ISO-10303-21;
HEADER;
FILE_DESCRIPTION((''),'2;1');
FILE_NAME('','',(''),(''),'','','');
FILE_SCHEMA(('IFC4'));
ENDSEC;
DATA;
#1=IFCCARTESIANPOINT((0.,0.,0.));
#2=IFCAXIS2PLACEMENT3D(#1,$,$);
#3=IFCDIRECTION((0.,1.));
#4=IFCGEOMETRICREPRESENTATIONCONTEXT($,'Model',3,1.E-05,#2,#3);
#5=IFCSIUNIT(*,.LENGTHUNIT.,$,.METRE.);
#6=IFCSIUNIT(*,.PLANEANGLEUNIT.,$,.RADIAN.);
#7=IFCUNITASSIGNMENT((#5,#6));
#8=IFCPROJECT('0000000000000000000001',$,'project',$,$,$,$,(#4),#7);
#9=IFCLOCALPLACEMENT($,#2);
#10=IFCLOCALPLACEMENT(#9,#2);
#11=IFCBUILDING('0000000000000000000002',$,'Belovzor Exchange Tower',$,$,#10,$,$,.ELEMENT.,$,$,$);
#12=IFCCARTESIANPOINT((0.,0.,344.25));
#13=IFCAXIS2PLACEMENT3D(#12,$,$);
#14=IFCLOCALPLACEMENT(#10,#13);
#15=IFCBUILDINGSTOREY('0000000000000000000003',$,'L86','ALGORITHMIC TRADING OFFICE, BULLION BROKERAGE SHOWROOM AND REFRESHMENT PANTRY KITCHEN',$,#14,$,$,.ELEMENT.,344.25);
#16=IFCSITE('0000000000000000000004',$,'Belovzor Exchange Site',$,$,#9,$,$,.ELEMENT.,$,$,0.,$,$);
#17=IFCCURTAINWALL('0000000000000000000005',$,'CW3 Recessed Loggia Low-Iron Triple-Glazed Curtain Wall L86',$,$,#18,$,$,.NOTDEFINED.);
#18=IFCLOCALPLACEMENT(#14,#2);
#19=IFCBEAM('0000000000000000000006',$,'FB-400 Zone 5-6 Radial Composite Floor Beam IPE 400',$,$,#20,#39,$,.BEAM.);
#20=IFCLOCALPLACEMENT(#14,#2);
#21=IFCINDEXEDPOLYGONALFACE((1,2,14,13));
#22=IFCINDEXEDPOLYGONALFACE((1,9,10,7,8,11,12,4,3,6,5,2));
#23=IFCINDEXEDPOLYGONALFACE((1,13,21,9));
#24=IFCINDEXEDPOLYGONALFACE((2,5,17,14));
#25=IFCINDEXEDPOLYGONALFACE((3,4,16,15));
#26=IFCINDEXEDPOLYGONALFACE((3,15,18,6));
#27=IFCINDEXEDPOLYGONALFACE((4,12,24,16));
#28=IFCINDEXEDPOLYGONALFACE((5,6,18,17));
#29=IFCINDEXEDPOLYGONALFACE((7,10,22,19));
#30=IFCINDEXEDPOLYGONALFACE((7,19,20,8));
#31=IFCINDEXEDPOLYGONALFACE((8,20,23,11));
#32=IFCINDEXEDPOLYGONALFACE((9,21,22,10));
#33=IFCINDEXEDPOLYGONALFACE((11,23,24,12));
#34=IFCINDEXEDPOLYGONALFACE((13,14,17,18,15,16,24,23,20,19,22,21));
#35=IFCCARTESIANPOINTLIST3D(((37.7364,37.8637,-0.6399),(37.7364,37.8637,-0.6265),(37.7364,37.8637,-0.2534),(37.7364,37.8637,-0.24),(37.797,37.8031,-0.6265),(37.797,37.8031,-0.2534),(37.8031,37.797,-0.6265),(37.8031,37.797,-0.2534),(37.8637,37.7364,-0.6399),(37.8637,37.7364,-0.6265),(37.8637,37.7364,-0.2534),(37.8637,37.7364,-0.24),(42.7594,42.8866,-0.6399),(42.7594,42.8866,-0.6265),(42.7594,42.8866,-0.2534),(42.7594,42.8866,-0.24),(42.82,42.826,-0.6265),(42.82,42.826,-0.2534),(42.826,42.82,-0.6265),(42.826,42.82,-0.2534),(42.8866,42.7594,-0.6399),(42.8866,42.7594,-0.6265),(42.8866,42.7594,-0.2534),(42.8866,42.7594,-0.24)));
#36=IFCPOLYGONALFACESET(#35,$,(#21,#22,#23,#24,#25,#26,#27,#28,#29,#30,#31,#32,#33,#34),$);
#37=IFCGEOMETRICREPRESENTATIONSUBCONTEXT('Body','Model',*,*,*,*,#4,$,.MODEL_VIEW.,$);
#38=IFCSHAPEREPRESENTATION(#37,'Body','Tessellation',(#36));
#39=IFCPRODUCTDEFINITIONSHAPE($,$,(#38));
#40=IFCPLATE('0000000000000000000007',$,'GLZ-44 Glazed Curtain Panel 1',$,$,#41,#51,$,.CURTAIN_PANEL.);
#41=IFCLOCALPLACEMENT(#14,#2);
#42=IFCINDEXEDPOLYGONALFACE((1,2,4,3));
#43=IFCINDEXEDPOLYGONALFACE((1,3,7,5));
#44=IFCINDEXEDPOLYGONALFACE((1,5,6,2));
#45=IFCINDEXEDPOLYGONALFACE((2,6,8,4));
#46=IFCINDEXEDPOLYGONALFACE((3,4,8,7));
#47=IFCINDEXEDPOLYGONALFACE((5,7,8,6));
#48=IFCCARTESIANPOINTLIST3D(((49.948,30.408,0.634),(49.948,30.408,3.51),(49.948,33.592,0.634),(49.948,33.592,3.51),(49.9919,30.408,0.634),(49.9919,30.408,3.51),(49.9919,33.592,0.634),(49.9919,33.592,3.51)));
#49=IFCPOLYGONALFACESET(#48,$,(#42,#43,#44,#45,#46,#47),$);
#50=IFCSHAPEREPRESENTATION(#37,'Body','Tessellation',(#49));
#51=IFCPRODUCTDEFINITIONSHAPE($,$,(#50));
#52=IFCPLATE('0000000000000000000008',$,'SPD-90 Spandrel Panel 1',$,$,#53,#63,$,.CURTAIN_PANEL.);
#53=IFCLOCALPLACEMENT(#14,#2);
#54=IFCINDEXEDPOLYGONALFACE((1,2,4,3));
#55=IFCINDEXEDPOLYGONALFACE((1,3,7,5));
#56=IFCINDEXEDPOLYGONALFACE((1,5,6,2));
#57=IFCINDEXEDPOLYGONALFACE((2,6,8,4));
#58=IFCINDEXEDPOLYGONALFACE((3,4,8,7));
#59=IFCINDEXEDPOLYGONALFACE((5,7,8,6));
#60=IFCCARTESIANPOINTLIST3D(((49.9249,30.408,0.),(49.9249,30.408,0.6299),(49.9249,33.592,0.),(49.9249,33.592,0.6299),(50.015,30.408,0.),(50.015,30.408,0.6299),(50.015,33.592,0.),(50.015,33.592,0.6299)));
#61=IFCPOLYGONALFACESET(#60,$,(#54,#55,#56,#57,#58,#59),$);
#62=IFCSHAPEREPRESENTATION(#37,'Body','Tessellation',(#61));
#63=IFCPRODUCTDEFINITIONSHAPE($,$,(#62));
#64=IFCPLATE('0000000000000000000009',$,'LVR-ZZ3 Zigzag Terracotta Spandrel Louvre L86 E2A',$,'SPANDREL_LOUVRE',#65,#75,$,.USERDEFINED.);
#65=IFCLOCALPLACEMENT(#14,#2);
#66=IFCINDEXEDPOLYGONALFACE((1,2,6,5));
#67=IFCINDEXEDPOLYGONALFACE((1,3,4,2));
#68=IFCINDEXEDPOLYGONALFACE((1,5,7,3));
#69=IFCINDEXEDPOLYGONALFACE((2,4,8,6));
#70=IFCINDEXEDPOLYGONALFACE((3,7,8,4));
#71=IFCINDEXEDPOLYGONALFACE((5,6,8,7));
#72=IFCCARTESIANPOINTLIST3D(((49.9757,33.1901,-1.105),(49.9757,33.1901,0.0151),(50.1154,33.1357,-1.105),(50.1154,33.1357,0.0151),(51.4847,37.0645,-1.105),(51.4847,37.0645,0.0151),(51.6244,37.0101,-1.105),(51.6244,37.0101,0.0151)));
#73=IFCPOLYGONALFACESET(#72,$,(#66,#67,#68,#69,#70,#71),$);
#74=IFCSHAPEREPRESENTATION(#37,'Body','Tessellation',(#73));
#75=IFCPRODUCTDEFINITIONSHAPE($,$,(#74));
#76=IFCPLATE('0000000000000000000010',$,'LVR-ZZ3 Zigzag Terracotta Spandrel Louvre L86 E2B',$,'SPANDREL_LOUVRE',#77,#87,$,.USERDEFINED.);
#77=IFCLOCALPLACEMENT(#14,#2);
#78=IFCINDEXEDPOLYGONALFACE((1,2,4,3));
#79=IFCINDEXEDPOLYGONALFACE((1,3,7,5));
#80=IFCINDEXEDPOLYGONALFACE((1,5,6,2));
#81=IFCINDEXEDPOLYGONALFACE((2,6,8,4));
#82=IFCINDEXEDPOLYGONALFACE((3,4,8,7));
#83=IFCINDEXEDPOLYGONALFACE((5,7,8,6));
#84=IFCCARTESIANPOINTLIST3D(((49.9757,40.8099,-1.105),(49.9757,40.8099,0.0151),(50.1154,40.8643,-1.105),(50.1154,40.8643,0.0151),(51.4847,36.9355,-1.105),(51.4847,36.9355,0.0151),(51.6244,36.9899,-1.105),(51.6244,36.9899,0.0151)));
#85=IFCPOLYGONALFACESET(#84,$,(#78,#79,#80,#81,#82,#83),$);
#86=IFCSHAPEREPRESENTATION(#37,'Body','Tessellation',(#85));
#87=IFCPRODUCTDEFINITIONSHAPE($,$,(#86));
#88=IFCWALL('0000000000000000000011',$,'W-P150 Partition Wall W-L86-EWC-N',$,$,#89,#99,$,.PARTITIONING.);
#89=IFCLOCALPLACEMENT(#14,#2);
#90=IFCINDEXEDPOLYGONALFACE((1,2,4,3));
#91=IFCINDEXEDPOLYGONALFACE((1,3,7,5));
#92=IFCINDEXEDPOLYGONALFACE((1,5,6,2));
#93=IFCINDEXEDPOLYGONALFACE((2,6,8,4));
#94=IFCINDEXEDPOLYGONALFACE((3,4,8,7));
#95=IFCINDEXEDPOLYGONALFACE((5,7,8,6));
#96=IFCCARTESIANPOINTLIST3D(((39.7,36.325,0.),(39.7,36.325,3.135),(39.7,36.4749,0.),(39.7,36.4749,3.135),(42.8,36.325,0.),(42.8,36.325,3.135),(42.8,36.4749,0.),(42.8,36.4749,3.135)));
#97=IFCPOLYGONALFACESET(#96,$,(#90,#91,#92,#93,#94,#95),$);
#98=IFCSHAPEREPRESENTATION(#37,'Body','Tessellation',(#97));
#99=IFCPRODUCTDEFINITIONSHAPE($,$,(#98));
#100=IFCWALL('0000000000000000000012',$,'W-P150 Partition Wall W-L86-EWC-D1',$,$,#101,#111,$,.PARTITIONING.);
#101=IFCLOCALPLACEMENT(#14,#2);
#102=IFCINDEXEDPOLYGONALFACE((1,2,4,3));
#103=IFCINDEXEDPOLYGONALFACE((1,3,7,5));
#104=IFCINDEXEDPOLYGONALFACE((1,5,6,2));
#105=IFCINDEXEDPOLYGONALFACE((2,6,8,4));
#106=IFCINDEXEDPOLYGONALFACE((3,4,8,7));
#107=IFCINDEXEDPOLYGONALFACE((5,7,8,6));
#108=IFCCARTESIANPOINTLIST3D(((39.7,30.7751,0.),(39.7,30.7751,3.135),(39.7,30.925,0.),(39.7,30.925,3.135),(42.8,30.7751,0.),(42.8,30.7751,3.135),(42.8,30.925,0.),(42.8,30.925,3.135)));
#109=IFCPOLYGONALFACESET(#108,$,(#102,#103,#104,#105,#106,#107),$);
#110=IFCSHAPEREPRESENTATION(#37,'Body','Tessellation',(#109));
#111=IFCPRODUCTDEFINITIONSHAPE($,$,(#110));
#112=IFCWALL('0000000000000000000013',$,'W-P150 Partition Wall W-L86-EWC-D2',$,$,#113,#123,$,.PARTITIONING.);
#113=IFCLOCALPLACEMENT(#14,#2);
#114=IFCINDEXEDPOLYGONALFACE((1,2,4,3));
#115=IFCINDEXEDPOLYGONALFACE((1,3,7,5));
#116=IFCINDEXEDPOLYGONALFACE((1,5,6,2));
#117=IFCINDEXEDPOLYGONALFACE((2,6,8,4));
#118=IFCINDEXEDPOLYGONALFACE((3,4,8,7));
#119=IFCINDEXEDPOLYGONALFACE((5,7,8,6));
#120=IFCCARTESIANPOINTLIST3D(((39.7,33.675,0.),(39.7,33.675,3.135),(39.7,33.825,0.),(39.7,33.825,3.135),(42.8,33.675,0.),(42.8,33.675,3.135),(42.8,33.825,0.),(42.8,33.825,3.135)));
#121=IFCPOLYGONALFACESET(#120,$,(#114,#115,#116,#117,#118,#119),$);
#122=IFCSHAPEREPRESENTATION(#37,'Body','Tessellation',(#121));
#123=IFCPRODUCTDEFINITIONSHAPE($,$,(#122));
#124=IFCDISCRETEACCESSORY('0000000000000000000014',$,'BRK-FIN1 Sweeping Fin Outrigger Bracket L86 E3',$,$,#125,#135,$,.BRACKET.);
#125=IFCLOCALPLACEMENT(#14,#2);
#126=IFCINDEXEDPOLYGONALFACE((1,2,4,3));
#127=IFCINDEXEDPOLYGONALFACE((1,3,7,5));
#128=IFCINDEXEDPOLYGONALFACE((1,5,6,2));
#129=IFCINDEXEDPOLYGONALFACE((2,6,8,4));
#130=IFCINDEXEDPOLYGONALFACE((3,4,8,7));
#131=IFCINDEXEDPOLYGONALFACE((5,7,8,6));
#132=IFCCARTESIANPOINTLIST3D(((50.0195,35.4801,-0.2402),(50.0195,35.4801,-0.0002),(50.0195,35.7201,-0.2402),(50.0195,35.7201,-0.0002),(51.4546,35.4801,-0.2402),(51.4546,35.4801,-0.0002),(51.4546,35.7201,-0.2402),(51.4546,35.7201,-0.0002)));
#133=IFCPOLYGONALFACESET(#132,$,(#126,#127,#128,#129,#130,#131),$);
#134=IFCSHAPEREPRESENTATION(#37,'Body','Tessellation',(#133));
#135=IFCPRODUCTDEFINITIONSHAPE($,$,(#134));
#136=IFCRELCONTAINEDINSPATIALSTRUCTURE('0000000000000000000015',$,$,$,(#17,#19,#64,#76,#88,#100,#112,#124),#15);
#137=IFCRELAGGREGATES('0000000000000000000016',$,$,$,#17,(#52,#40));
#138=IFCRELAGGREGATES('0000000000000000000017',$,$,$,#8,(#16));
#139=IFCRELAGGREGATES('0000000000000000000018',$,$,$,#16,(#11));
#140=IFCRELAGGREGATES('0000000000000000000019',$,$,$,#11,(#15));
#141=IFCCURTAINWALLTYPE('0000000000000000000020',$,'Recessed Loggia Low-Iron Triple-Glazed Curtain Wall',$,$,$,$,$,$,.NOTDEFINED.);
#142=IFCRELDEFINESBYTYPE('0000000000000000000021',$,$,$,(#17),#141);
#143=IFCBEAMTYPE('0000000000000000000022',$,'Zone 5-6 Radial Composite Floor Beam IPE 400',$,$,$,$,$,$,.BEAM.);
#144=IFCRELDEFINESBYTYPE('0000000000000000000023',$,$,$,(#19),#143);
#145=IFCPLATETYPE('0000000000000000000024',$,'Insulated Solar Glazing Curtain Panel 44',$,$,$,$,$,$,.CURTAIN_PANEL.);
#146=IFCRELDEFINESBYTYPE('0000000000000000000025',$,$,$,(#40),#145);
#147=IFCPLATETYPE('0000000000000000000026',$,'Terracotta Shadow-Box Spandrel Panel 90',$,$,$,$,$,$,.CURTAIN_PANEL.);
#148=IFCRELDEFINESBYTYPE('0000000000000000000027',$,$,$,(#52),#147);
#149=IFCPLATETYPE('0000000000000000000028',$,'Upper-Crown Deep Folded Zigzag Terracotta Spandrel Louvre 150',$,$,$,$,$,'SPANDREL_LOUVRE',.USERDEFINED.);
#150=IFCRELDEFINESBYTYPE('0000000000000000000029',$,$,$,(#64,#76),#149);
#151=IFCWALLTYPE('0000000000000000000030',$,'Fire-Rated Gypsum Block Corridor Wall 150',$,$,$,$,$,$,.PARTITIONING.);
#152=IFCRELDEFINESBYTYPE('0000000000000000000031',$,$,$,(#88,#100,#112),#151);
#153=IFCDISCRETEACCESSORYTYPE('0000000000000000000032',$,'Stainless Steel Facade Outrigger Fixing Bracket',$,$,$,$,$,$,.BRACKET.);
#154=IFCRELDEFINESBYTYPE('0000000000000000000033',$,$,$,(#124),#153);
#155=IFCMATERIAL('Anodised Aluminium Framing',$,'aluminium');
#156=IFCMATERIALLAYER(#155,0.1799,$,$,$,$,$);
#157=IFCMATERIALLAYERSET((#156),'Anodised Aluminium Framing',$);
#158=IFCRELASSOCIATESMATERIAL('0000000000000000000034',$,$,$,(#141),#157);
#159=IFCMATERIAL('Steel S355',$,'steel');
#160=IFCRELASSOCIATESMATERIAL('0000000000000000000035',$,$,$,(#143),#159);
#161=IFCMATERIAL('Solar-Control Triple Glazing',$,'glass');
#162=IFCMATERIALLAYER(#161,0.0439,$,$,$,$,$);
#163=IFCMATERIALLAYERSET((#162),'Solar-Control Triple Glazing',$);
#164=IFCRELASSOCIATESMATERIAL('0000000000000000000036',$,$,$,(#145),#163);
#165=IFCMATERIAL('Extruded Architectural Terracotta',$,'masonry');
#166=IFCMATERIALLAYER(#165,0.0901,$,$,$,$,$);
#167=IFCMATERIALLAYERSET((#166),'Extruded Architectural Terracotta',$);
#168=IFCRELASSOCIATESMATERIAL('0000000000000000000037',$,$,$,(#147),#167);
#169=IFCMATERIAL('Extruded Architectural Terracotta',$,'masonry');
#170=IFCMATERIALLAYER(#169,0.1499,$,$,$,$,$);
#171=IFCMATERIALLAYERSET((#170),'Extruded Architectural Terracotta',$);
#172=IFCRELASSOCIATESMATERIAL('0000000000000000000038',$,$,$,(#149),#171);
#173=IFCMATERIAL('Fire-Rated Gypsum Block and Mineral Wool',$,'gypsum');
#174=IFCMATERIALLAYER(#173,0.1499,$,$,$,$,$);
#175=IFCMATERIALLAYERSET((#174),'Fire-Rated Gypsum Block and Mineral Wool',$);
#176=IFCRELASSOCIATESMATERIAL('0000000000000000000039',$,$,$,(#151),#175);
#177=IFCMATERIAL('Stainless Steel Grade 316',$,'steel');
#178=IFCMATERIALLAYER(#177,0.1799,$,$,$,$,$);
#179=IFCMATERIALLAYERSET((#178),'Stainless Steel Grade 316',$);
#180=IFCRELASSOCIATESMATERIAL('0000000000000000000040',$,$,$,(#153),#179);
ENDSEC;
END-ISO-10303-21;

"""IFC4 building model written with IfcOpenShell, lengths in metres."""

from ifc_helpers import new_model, si_unit, direction, frame, frame_2d, origin, origin_2d, place, context, subcontext, project, spatial, rectangle, i_section, extrude, material, layer, layer_set, material_profile, profile_set, type_object, element, aggregate, save


model = new_model("IFC4")

# Units and contexts
model_context = context("Model", 3, precision=1e-05, world=origin(), true_north=direction((0.0, 1.0)))
body_context = subcontext(model_context, "Body", "Model", "MODEL_VIEW")
ifc_project = project(units=[si_unit("LENGTHUNIT", "METRE"), si_unit("PLANEANGLEUNIT", "RADIAN")], contexts=[model_context])

# Site, building, storey
site_placement = place(None, origin())
site = spatial("IfcSite", under=ifc_project, at=site_placement, Name="Belovzor Exchange Site", CompositionType="ELEMENT", RefElevation=0.0)
building_placement = place(site_placement, origin())
building = spatial("IfcBuilding", under=site, at=building_placement, Name="Belovzor Exchange Tower", CompositionType="ELEMENT")
storey_placement = place(building_placement, frame((0.0, 0.0, 344.25)))
storey = spatial("IfcBuildingStorey", under=building, at=storey_placement, Name="L86", Description="ALGORITHMIC TRADING OFFICE, BULLION BROKERAGE SHOWROOM AND REFRESHMENT PANTRY KITCHEN", CompositionType="ELEMENT", Elevation=344.25)

# Curtain wall
ifc_material_1 = material(Name="Anodised Aluminium Framing", Category="aluminium")
ifc_layer_1 = layer(ifc_material_1, 0.1799)
ifc_layer_set_1 = layer_set([ifc_layer_1], Name="Anodised Aluminium Framing")
curtain_wall_type = type_object("IfcCurtainWallType", Name="Recessed Loggia Low-Iron Triple-Glazed Curtain Wall", PredefinedType="NOTDEFINED", material=ifc_layer_set_1)
curtain_wall_placement = place(storey_placement, origin())
curtain_wall = element("IfcCurtainWall", 1, at=curtain_wall_placement, inside=storey, type_object=curtain_wall_type, Name="CW3 Recessed Loggia Low-Iron Triple-Glazed Curtain Wall L86", PredefinedType="NOTDEFINED")

# Beam
ifc_material_2 = material(Name="Steel S355", Category="steel")
ifc_material_profile_1 = material_profile(ifc_material_2, i_section(OverallWidth=0.1799, OverallDepth=0.3999, WebThickness=0.0085, FlangeThickness=0.0134, at=origin_2d()))
ifc_profile_set_1 = profile_set([ifc_material_profile_1], Name="Steel S355")
beam_type_1 = type_object("IfcBeamType", Name="Zone 5-6 Radial Composite Floor Beam IPE 400", PredefinedType="BEAM", material=ifc_profile_set_1)
beam_placement = place(storey_placement, frame((37.8, 37.8, -0.4399), z_axis=(0.707107, 0.707107, 0.0), x_axis=(-0.707107, 0.707107, 0.0)))
element("IfcBeam", 2, at=beam_placement, inside=storey, type_object=beam_type_1, Name="FB-400 Zone 5-6 Radial Composite Floor Beam IPE 400", PredefinedType="BEAM", context=body_context, shape_type="SweptSolid", body=[
    extrude(i_section(OverallWidth=0.1799, OverallDepth=0.3999, WebThickness=0.0085, FlangeThickness=0.0134, at=origin_2d()), origin(), (0.0, 0.0, 1.0), 7.1035),
])

# Plates
ifc_material_3 = material(Name="Solar-Control Triple Glazing", Category="glass")
ifc_layer_2 = layer(ifc_material_3, 0.0439)
ifc_layer_set_2 = layer_set([ifc_layer_2], Name="Solar-Control Triple Glazing")
plate_type_1 = type_object("IfcPlateType", Name="Insulated Solar Glazing Curtain Panel 44", PredefinedType="CURTAIN_PANEL", material=ifc_layer_set_2)
plate_1_placement = place(storey_placement, frame((49.97, 32.0, 0.634), z_axis=(0.0, 0.0, 1.0), x_axis=(0.0, -1.0, 0.0)))
plate_1 = element("IfcPlate", 3, at=plate_1_placement, type_object=plate_type_1, Name="GLZ-44 Glazed Curtain Panel 1", PredefinedType="CURTAIN_PANEL", context=body_context, shape_type="SweptSolid", body=[
    extrude(rectangle(XDim=3.1841, YDim=0.0439, at=origin_2d()), origin(), (0.0, 0.0, 1.0), 2.876),
])
ifc_material_4 = material(Name="Extruded Architectural Terracotta", Category="masonry")
ifc_layer_3 = layer(ifc_material_4, 0.0901)
ifc_layer_set_3 = layer_set([ifc_layer_3], Name="Extruded Architectural Terracotta")
plate_type_2 = type_object("IfcPlateType", Name="Terracotta Shadow-Box Spandrel Panel 90", PredefinedType="CURTAIN_PANEL", material=ifc_layer_set_3)
plate_2_placement = place(storey_placement, frame((49.97, 32.0, 0.0), z_axis=(0.0, 0.0, 1.0), x_axis=(0.0, -1.0, 0.0)))
plate_2 = element("IfcPlate", 4, at=plate_2_placement, type_object=plate_type_2, Name="SPD-90 Spandrel Panel 1", PredefinedType="CURTAIN_PANEL", context=body_context, shape_type="SweptSolid", body=[
    extrude(rectangle(XDim=3.1841, YDim=0.0901, at=origin_2d()), origin(), (0.0, 0.0, 1.0), 0.6299),
])
aggregate(curtain_wall, [plate_2, plate_1])

# Plates
ifc_material_5 = material(Name="Extruded Architectural Terracotta", Category="masonry")
ifc_layer_4 = layer(ifc_material_5, 0.1499)
ifc_layer_set_4 = layer_set([ifc_layer_4], Name="Extruded Architectural Terracotta")
plate_type_3 = type_object("IfcPlateType", Name="Upper-Crown Deep Folded Zigzag Terracotta Spandrel Louvre 150", ElementType="SPANDREL_LOUVRE", PredefinedType="USERDEFINED", material=ifc_layer_set_4)
for number, where, z_axis, x_axis, name in (
    (5, (50.8, 35.1001, -1.105), (0.0, 0.0, 1.0), (0.362926, 0.931818, 0.0), "LVR-ZZ3 Zigzag Terracotta Spandrel Louvre L86 E2A"),
    (6, (50.8, 38.8999, -1.105), (0.0, 0.0, 1.0), (-0.362926, 0.931818, 0.0), "LVR-ZZ3 Zigzag Terracotta Spandrel Louvre L86 E2B"),
):
    element("IfcPlate", number, at=place(storey_placement, frame(where, z_axis=z_axis, x_axis=x_axis)), inside=storey, type_object=plate_type_3, Name=name, ObjectType="SPANDREL_LOUVRE", PredefinedType="USERDEFINED", context=body_context, shape_type="SweptSolid", body=[
        extrude(rectangle(XDim=4.158, YDim=0.1499, at=origin_2d()), origin(), (0.0, 0.0, 1.0), 1.1201),
    ])

# Walls
ifc_material_6 = material(Name="Fire-Rated Gypsum Block and Mineral Wool", Category="gypsum")
ifc_layer_5 = layer(ifc_material_6, 0.1499)
ifc_layer_set_5 = layer_set([ifc_layer_5], Name="Fire-Rated Gypsum Block and Mineral Wool")
wall_type = type_object("IfcWallType", Name="Fire-Rated Gypsum Block Corridor Wall 150", PredefinedType="PARTITIONING", material=ifc_layer_set_5)
for number, where, z_axis, x_axis, name in (
    (7, (39.7, 36.3999, 0.0), (0.0, 0.0, 1.0), (1.0, 0.0, 0.0), "W-P150 Partition Wall W-L86-EWC-N"),
    (8, (39.7, 30.8501, 0.0), (0.0, 0.0, 1.0), (1.0, 0.0, 0.0), "W-P150 Partition Wall W-L86-EWC-D1"),
    (9, (39.7, 33.75, 0.0), (0.0, 0.0, 1.0), (1.0, 0.0, 0.0), "W-P150 Partition Wall W-L86-EWC-D2"),
):
    element("IfcWall", number, at=place(storey_placement, frame(where, z_axis=z_axis, x_axis=x_axis)), inside=storey, type_object=wall_type, Name=name, PredefinedType="PARTITIONING", context=body_context, shape_type="SweptSolid", body=[
        extrude(rectangle(XDim=3.1001, YDim=0.1499, at=frame_2d((1.55, 0.0))), origin(), (0.0, 0.0, 1.0), 3.135),
    ])

# Discrete accessory
ifc_material_7 = material(Name="Stainless Steel Grade 316", Category="steel")
ifc_layer_6 = layer(ifc_material_7, 0.1799)
ifc_layer_set_6 = layer_set([ifc_layer_6], Name="Stainless Steel Grade 316")
discrete_accessory_type = type_object("IfcDiscreteAccessoryType", Name="Stainless Steel Facade Outrigger Fixing Bracket", PredefinedType="BRACKET", material=ifc_layer_set_6)
discrete_accessory_placement = place(storey_placement, frame((50.7371, 35.6001, -0.2402), z_axis=(0.0, 0.0, 1.0), x_axis=(1.0, 0.0, 0.0)))
element("IfcDiscreteAccessory", 10, at=discrete_accessory_placement, inside=storey, type_object=discrete_accessory_type, Name="BRK-FIN1 Sweeping Fin Outrigger Bracket L86 E3", PredefinedType="BRACKET", context=body_context, shape_type="SweptSolid", body=[
    extrude(rectangle(XDim=1.4351, YDim=0.24, at=origin_2d()), origin(), (0.0, 0.0, 1.0), 0.24),
])

save(model, "model.ifc")
